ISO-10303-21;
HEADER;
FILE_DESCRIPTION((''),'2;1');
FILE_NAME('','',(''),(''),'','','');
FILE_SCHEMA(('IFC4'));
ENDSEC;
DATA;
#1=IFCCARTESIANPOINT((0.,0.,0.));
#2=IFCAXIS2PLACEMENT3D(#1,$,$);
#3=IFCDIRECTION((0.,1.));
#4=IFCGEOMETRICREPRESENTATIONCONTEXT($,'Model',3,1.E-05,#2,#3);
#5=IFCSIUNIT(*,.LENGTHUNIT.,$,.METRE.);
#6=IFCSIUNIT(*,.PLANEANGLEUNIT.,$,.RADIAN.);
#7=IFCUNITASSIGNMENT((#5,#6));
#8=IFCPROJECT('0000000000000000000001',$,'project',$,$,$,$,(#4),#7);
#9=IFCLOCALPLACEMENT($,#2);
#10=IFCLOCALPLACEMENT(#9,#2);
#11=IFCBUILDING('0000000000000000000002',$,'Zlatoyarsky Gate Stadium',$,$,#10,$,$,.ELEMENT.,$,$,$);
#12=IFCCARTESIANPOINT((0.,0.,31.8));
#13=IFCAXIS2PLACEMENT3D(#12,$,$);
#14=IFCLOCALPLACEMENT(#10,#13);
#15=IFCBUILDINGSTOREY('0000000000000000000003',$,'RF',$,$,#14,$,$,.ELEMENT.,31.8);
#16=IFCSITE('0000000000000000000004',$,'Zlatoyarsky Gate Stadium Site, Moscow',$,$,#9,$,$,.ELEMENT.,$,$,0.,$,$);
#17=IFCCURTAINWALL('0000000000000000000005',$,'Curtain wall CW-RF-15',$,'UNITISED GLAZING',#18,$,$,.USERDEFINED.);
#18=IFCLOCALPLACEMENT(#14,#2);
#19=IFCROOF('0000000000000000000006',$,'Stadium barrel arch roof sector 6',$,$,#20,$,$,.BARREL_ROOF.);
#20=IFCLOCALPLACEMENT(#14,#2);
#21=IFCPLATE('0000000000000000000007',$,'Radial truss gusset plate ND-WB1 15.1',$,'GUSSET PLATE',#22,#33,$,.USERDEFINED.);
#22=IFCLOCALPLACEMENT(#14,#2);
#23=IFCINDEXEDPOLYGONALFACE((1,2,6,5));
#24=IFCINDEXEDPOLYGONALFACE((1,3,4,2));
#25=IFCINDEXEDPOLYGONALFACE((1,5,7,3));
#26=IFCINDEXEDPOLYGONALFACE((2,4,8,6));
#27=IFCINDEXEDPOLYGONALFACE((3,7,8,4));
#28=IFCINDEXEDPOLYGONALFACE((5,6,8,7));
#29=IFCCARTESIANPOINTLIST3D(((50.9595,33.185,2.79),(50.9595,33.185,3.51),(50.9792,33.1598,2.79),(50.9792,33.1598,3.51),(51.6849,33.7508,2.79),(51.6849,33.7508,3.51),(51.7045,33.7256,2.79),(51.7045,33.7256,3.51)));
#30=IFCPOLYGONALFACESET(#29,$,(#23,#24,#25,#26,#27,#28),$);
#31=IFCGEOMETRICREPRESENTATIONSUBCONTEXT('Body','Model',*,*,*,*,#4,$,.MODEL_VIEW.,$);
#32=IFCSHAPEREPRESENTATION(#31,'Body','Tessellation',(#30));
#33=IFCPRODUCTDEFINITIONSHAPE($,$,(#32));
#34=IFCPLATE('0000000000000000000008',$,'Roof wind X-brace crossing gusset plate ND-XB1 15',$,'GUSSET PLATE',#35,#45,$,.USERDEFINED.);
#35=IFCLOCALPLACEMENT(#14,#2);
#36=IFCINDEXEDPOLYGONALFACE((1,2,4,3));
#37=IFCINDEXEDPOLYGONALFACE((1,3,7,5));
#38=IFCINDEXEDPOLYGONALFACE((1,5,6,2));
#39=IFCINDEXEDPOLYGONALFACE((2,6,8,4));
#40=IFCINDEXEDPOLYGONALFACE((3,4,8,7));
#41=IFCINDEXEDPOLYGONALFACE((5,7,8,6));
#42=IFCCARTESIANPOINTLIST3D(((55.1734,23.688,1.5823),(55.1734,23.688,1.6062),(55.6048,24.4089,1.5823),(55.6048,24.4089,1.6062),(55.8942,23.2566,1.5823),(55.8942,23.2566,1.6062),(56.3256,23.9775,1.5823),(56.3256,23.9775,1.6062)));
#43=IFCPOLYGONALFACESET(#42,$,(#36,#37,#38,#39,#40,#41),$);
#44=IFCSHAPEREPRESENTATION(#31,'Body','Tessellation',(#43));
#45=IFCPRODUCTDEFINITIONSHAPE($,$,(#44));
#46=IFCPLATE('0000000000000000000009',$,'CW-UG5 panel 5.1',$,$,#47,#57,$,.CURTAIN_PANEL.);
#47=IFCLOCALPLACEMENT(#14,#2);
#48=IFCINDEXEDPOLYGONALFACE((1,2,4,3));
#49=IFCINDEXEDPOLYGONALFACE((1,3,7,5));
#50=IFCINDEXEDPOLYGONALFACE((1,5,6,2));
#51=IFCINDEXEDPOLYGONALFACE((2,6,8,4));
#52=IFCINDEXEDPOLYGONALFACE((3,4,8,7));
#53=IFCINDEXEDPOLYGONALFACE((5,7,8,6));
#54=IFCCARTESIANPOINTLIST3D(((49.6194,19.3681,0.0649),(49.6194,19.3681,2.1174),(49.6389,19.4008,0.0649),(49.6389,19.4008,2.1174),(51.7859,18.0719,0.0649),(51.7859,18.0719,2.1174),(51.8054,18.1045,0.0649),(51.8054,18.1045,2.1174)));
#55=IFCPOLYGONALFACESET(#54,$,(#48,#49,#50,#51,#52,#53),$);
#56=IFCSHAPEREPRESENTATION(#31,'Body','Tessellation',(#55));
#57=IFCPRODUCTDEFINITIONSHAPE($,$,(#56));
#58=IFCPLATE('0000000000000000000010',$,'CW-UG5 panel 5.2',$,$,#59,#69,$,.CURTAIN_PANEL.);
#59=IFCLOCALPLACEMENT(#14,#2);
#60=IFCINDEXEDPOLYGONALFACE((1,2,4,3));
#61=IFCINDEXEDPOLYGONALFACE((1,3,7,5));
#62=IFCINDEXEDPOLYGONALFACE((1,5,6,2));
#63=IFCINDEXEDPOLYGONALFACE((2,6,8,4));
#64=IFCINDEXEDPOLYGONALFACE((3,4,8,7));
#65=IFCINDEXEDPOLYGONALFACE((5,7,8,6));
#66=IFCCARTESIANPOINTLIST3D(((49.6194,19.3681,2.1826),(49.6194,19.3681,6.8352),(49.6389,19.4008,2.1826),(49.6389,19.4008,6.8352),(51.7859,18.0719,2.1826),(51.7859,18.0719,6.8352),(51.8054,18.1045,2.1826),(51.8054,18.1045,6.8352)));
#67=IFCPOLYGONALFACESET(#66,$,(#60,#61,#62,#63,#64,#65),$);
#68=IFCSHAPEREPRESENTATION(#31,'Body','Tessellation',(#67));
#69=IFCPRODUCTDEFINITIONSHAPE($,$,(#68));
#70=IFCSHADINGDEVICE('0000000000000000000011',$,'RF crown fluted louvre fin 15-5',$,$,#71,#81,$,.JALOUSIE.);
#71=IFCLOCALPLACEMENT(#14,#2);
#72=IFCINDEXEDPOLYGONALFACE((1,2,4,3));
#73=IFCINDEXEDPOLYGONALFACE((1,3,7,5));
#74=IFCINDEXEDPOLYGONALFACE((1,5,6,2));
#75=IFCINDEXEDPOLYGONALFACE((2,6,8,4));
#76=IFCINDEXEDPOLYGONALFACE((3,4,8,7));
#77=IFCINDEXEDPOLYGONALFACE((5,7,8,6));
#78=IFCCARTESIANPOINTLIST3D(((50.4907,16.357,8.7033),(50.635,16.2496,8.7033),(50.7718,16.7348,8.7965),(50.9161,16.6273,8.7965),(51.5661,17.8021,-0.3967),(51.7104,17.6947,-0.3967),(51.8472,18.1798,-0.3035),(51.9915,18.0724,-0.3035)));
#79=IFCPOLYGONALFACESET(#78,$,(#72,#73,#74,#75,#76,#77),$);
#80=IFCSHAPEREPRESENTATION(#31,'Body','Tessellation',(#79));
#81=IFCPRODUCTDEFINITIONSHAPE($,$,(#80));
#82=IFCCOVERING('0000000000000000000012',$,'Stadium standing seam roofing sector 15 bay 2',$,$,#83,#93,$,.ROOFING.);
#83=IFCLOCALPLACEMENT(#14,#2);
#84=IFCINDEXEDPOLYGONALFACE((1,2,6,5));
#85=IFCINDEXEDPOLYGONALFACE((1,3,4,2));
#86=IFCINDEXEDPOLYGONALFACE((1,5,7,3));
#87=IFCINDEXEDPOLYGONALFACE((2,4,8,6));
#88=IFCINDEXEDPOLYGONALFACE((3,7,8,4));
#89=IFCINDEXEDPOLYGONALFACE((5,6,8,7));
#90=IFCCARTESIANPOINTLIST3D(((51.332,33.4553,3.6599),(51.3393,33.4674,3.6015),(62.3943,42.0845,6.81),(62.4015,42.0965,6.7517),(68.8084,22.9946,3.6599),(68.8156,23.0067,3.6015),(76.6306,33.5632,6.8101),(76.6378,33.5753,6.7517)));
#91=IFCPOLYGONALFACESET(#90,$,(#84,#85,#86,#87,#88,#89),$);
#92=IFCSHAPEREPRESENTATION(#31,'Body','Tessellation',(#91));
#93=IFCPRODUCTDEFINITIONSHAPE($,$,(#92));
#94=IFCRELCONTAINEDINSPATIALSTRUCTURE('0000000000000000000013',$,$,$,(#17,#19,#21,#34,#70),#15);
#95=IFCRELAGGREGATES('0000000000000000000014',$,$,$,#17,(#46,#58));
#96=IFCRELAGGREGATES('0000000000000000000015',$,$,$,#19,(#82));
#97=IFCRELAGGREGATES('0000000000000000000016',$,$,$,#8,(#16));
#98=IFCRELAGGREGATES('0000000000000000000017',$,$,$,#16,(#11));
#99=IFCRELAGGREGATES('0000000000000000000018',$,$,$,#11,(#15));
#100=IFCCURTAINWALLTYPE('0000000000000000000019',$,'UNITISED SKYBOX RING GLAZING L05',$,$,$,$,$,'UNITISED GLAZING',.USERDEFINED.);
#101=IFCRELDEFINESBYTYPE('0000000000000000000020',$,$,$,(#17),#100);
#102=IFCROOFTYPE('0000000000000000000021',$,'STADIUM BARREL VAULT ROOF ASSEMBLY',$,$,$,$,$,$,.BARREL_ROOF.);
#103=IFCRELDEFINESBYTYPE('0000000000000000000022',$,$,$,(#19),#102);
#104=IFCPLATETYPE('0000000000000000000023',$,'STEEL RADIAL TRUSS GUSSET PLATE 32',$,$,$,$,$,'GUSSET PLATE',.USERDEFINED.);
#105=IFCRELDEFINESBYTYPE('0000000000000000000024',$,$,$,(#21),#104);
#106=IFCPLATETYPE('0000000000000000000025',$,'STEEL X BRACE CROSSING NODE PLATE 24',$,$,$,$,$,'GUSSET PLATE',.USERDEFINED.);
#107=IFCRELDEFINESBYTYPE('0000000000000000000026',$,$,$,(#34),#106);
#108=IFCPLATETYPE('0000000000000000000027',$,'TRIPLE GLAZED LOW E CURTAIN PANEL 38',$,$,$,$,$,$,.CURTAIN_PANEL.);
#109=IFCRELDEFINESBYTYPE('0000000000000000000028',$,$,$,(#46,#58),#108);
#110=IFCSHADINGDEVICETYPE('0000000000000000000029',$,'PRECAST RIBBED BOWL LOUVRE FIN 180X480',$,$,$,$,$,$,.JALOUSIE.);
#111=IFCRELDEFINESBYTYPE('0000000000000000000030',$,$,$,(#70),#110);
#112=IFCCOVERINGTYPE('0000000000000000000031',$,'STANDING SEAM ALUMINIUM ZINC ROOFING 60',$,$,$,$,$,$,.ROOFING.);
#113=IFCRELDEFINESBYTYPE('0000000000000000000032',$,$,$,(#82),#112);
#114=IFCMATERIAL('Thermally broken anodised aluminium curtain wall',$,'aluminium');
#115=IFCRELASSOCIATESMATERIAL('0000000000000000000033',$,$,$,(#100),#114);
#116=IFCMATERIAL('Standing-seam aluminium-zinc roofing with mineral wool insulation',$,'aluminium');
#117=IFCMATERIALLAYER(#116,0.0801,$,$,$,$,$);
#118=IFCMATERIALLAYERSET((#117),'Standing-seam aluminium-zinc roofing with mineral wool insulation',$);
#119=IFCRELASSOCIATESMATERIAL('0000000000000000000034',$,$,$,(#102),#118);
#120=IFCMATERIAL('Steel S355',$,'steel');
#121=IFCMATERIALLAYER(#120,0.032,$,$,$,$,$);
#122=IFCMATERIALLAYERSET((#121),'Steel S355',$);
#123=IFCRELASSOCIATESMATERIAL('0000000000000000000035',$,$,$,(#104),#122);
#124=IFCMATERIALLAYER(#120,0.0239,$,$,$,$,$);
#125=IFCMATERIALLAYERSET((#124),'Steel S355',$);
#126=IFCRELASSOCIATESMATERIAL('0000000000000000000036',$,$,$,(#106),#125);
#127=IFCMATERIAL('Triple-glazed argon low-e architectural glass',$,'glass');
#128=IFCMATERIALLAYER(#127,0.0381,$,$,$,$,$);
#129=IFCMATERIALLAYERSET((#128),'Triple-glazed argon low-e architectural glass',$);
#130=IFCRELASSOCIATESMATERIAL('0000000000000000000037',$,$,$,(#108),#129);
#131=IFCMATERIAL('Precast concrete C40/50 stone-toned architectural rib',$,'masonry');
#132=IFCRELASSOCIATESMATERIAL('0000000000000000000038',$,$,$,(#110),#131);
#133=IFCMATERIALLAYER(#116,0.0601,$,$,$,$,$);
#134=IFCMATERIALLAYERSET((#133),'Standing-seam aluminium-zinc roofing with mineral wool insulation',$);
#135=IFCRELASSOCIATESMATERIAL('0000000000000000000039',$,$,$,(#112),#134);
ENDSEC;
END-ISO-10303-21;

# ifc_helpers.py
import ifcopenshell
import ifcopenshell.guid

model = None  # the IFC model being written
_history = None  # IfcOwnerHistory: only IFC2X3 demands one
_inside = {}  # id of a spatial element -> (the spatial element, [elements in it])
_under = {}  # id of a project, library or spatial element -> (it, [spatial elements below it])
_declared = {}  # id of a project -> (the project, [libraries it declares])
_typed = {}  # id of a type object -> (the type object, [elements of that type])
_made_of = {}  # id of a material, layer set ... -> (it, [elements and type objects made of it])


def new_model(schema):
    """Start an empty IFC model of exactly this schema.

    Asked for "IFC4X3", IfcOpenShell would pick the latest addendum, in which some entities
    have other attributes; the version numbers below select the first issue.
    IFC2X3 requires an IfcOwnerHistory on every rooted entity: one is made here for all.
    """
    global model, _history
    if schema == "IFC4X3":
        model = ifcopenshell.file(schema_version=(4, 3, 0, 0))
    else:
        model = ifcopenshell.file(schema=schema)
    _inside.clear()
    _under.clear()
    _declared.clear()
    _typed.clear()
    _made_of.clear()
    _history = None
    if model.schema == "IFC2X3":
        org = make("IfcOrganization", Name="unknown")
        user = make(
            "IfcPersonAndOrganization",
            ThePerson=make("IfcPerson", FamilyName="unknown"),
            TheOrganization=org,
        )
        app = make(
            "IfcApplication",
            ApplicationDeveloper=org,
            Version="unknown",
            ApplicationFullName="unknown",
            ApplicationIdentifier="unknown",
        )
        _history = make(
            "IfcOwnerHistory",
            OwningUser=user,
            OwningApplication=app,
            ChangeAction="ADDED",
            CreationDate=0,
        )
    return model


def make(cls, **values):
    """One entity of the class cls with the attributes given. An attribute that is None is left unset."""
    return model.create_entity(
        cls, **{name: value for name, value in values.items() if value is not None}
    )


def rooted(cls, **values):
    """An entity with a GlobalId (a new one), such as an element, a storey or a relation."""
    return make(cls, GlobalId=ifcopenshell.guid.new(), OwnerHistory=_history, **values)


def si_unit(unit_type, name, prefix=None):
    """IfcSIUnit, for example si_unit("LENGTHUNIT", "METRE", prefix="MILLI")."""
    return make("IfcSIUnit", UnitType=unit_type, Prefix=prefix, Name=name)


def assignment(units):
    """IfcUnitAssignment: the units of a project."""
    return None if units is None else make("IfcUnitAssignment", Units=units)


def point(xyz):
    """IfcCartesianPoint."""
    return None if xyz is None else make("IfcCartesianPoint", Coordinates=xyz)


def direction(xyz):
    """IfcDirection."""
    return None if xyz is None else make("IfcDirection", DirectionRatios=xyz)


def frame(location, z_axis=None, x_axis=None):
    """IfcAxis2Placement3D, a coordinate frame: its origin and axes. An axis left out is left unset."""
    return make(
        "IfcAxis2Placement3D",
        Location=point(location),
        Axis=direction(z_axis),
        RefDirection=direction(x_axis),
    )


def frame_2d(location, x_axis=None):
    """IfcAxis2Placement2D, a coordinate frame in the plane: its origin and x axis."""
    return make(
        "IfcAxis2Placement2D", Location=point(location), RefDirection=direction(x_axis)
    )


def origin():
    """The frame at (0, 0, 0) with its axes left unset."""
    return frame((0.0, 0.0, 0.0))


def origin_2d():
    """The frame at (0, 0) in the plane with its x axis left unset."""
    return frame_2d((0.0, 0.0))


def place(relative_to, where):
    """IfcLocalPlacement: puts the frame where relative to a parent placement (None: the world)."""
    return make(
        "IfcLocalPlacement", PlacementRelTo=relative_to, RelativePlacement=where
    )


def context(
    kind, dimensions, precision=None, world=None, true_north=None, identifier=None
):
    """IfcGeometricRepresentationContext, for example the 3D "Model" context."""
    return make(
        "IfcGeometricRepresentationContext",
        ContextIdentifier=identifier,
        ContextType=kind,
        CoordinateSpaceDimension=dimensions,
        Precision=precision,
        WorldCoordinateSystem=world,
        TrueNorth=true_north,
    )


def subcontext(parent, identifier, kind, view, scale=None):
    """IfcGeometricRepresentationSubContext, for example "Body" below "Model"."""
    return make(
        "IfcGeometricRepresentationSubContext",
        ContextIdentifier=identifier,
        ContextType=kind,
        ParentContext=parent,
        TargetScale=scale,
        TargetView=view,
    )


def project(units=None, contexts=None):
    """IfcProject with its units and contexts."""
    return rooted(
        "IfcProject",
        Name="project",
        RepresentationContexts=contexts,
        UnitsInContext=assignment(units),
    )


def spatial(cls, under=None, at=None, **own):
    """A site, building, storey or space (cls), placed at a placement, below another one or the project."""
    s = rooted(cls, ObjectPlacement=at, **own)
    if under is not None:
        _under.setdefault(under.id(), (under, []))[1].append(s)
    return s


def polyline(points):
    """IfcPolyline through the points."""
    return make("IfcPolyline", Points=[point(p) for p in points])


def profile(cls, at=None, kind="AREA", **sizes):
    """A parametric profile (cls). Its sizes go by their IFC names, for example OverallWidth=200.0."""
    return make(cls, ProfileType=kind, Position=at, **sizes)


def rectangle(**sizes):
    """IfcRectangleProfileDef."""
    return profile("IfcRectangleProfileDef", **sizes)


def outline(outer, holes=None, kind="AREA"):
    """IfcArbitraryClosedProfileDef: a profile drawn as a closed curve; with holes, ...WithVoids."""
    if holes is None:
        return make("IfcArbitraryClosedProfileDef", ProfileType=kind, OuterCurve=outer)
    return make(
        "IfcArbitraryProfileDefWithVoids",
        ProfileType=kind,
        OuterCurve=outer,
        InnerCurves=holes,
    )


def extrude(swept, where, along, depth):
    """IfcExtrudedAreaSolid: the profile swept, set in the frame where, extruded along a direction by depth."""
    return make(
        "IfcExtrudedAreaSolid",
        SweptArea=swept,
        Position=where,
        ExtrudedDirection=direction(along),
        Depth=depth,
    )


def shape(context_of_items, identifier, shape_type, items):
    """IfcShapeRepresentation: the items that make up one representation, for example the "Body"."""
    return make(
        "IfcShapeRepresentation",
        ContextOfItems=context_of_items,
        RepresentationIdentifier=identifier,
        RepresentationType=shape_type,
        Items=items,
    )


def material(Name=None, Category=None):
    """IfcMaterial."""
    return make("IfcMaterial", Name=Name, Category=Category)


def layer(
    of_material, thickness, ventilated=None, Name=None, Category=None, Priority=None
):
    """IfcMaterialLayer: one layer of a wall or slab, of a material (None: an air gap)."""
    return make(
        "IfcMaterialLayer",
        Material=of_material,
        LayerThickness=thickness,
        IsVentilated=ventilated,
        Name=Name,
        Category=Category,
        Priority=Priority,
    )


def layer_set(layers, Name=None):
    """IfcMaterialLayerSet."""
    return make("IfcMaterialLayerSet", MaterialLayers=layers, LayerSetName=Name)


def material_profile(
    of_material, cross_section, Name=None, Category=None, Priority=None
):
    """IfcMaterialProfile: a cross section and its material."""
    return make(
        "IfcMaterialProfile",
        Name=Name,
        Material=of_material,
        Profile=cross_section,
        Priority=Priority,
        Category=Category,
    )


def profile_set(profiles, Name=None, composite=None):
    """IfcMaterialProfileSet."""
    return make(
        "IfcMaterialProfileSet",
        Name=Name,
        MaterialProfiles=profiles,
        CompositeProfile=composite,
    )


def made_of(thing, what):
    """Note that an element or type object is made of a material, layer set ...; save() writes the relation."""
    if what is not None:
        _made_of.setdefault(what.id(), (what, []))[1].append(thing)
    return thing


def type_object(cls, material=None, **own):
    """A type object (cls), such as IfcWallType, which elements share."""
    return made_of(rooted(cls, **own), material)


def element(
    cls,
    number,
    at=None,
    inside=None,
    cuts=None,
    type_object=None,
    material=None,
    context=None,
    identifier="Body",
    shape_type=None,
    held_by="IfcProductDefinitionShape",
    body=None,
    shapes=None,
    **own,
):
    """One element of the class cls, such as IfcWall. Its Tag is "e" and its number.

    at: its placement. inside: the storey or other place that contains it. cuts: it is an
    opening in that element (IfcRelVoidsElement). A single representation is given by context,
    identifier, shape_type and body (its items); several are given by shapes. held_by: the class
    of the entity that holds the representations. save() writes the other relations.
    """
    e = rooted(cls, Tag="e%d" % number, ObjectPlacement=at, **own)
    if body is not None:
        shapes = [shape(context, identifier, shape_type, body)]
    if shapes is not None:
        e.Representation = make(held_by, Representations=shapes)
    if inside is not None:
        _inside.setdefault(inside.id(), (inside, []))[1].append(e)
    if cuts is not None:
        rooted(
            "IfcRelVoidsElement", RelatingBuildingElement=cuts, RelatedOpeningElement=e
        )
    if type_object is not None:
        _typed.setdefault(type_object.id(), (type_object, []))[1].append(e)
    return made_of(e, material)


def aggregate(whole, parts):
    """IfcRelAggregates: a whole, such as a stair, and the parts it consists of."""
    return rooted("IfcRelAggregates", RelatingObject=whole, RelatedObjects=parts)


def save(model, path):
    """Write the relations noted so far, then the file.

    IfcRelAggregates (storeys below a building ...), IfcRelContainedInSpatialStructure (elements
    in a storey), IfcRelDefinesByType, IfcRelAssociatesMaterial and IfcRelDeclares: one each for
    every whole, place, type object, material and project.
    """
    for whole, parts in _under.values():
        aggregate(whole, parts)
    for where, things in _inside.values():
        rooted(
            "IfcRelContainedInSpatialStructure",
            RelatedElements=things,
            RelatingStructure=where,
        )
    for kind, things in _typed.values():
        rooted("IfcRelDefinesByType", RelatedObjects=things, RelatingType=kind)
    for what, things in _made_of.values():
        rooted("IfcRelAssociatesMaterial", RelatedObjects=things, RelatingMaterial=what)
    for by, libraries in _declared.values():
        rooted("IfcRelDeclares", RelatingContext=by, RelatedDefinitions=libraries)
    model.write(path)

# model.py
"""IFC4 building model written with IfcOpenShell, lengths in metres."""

from ifc_helpers import new_model, si_unit, direction, frame, origin, origin_2d, place, context, subcontext, project, spatial, polyline, rectangle, outline, extrude, material, layer, layer_set, material_profile, profile_set, type_object, element, aggregate, save


model = new_model("IFC4")

# Units and contexts
model_context = context("Model", 3, precision=1e-05, world=origin(), true_north=direction((0.0, 1.0)))
body_context = subcontext(model_context, "Body", "Model", "MODEL_VIEW")
ifc_project = project(units=[si_unit("LENGTHUNIT", "METRE"), si_unit("PLANEANGLEUNIT", "RADIAN")], contexts=[model_context])

# Site, building, storey
site_placement = place(None, origin())
site = spatial("IfcSite", under=ifc_project, at=site_placement, Name="Zlatoyarsky Gate Stadium Site, Moscow", CompositionType="ELEMENT", RefElevation=0.0)
building_placement = place(site_placement, origin())
building = spatial("IfcBuilding", under=site, at=building_placement, Name="Zlatoyarsky Gate Stadium", CompositionType="ELEMENT")
storey_placement = place(building_placement, frame((0.0, 0.0, 31.8)))
storey = spatial("IfcBuildingStorey", under=building, at=storey_placement, Name="RF", CompositionType="ELEMENT", Elevation=31.8)

# Curtain wall
ifc_material_1 = material(Name="Thermally broken anodised aluminium curtain wall", Category="aluminium")
curtain_wall_type = type_object("IfcCurtainWallType", Name="UNITISED SKYBOX RING GLAZING L05", ElementType="UNITISED GLAZING", PredefinedType="USERDEFINED", material=ifc_material_1)
curtain_wall_placement = place(storey_placement, origin())
curtain_wall = element("IfcCurtainWall", 1, at=curtain_wall_placement, inside=storey, type_object=curtain_wall_type, Name="Curtain wall CW-RF-15", ObjectType="UNITISED GLAZING", PredefinedType="USERDEFINED")

# Shared definitions
ifc_material_2 = material(Name="Steel S355", Category="steel")

# Roof
ifc_material_3 = material(Name="Standing-seam aluminium-zinc roofing with mineral wool insulation", Category="aluminium")
ifc_layer_1 = layer(ifc_material_3, 0.0801)
ifc_layer_set_1 = layer_set([ifc_layer_1], Name="Standing-seam aluminium-zinc roofing with mineral wool insulation")
roof_type = type_object("IfcRoofType", Name="STADIUM BARREL VAULT ROOF ASSEMBLY", PredefinedType="BARREL_ROOF", material=ifc_layer_set_1)
roof_placement = place(storey_placement, origin())
roof = element("IfcRoof", 2, at=roof_placement, inside=storey, type_object=roof_type, Name="Stadium barrel arch roof sector 6", PredefinedType="BARREL_ROOF")

# Plates
ifc_layer_2 = layer(ifc_material_2, 0.032)
ifc_layer_set_2 = layer_set([ifc_layer_2], Name="Steel S355")
plate_type_1 = type_object("IfcPlateType", Name="STEEL RADIAL TRUSS GUSSET PLATE 32", ElementType="GUSSET PLATE", PredefinedType="USERDEFINED", material=ifc_layer_set_2)
plate_1_placement = place(storey_placement, frame((51.332, 33.4553, 2.79), z_axis=(0.0, 0.0, 1.0), x_axis=(0.788479, 0.615062, 0.0)))
element("IfcPlate", 3, at=plate_1_placement, inside=storey, type_object=plate_type_1, Name="Radial truss gusset plate ND-WB1 15.1", ObjectType="GUSSET PLATE", PredefinedType="USERDEFINED", context=body_context, shape_type="SweptSolid", body=[
    extrude(rectangle(XDim=0.9199, YDim=0.032, at=origin_2d()), origin(), (0.0, 0.0, 1.0), 0.72),
])
ifc_layer_3 = layer(ifc_material_2, 0.0239)
ifc_layer_set_3 = layer_set([ifc_layer_3], Name="Steel S355")
plate_type_2 = type_object("IfcPlateType", Name="STEEL X BRACE CROSSING NODE PLATE 24", ElementType="GUSSET PLATE", PredefinedType="USERDEFINED", material=ifc_layer_set_3)
plate_2_placement = place(storey_placement, frame((55.7495, 23.8328, 1.5823), z_axis=(0.0, 0.0, 1.0), x_axis=(0.858065, -0.513541, 0.0)))
element("IfcPlate", 4, at=plate_2_placement, inside=storey, type_object=plate_type_2, Name="Roof wind X-brace crossing gusset plate ND-XB1 15", ObjectType="GUSSET PLATE", PredefinedType="USERDEFINED", context=body_context, shape_type="SweptSolid", body=[
    extrude(rectangle(XDim=0.8401, YDim=0.8401, at=origin_2d()), origin(), (0.0, 0.0, 1.0), 0.0239),
])

# Plates
ifc_material_4 = material(Name="Triple-glazed argon low-e architectural glass", Category="glass")
ifc_layer_4 = layer(ifc_material_4, 0.0381)
ifc_layer_set_4 = layer_set([ifc_layer_4], Name="Triple-glazed argon low-e architectural glass")
plate_type_3 = type_object("IfcPlateType", Name="TRIPLE GLAZED LOW E CURTAIN PANEL 38", PredefinedType="CURTAIN_PANEL", material=ifc_layer_set_4)
plate_3_placement = place(storey_placement, frame((50.7124, 18.7363, 0.0649), z_axis=(0.0, 0.0, 1.0), x_axis=(0.858128, -0.513436, 0.0)))
plate_3 = element("IfcPlate", 5, at=plate_3_placement, type_object=plate_type_3, Name="CW-UG5 panel 5.1", PredefinedType="CURTAIN_PANEL", context=body_context, shape_type="SweptSolid", body=[
    extrude(rectangle(XDim=2.5247, YDim=0.0381, at=origin_2d()), origin(), (0.0, 0.0, 1.0), 2.0525),
])
plate_4_placement = place(storey_placement, frame((50.7124, 18.7363, 2.1826), z_axis=(0.0, 0.0, 1.0), x_axis=(0.858128, -0.513436, 0.0)))
plate_4 = element("IfcPlate", 6, at=plate_4_placement, type_object=plate_type_3, Name="CW-UG5 panel 5.2", PredefinedType="CURTAIN_PANEL", context=body_context, shape_type="SweptSolid", body=[
    extrude(rectangle(XDim=2.5247, YDim=0.0381, at=origin_2d()), origin(), (0.0, 0.0, 1.0), 4.6526),
])
aggregate(curtain_wall, [plate_3, plate_4])

# Shading device
ifc_material_5 = material(Name="Precast concrete C40/50 stone-toned architectural rib", Category="masonry")
ifc_material_profile_1 = material_profile(ifc_material_5, rectangle(XDim=0.1799, YDim=0.48, at=origin_2d()), Name="RIB 180X480")
ifc_profile_set_1 = profile_set([ifc_material_profile_1], Name="Precast concrete C40/50 stone-toned architectural rib")
shading_device_type = type_object("IfcShadingDeviceType", Name="PRECAST RIBBED BOWL LOUVRE FIN 180X480", PredefinedType="JALOUSIE", material=ifc_profile_set_1)
shading_device_placement = place(storey_placement, frame((51.7788, 17.9373, -0.3501), z_axis=(-0.115929, -0.155775, 0.980966), x_axis=(0.802223, -0.597025, 0.0)))
element("IfcShadingDevice", 7, at=shading_device_placement, inside=storey, type_object=shading_device_type, Name="RF crown fluted louvre fin 15-5", PredefinedType="JALOUSIE", context=body_context, shape_type="SweptSolid", body=[
    extrude(rectangle(XDim=0.1799, YDim=0.48, at=origin_2d()), origin(), (0.0, 0.0, 1.0), 9.2766),
])

# Covering
ifc_layer_5 = layer(ifc_material_3, 0.0601)
ifc_layer_set_5 = layer_set([ifc_layer_5], Name="Standing-seam aluminium-zinc roofing with mineral wool insulation")
covering_type = type_object("IfcCoveringType", Name="STANDING SEAM ALUMINIUM ZINC ROOFING 60", PredefinedType="ROOFING", material=ifc_layer_set_5)
covering_placement = place(storey_placement, frame((51.332, 33.4553, 3.6599), z_axis=(-0.120204, -0.200821, 0.972225), x_axis=(0.858036, -0.513589, -0.000001)))
covering = element("IfcCovering", 8, at=covering_placement, type_object=covering_type, Name="Stadium standing seam roofing sector 15 bay 2", PredefinedType="ROOFING", context=body_context, shape_type="SweptSolid", body=[
    extrude(outline(polyline([(0.0, 0.0), (20.3678, 0.0), (21.6517, 13.4595), (5.06, 13.4594), (0.0, 0.0)])), origin(), (0.0, 0.0, -1.0), 0.0601),
])
aggregate(roof, [covering])

save(model, "model.ifc")
